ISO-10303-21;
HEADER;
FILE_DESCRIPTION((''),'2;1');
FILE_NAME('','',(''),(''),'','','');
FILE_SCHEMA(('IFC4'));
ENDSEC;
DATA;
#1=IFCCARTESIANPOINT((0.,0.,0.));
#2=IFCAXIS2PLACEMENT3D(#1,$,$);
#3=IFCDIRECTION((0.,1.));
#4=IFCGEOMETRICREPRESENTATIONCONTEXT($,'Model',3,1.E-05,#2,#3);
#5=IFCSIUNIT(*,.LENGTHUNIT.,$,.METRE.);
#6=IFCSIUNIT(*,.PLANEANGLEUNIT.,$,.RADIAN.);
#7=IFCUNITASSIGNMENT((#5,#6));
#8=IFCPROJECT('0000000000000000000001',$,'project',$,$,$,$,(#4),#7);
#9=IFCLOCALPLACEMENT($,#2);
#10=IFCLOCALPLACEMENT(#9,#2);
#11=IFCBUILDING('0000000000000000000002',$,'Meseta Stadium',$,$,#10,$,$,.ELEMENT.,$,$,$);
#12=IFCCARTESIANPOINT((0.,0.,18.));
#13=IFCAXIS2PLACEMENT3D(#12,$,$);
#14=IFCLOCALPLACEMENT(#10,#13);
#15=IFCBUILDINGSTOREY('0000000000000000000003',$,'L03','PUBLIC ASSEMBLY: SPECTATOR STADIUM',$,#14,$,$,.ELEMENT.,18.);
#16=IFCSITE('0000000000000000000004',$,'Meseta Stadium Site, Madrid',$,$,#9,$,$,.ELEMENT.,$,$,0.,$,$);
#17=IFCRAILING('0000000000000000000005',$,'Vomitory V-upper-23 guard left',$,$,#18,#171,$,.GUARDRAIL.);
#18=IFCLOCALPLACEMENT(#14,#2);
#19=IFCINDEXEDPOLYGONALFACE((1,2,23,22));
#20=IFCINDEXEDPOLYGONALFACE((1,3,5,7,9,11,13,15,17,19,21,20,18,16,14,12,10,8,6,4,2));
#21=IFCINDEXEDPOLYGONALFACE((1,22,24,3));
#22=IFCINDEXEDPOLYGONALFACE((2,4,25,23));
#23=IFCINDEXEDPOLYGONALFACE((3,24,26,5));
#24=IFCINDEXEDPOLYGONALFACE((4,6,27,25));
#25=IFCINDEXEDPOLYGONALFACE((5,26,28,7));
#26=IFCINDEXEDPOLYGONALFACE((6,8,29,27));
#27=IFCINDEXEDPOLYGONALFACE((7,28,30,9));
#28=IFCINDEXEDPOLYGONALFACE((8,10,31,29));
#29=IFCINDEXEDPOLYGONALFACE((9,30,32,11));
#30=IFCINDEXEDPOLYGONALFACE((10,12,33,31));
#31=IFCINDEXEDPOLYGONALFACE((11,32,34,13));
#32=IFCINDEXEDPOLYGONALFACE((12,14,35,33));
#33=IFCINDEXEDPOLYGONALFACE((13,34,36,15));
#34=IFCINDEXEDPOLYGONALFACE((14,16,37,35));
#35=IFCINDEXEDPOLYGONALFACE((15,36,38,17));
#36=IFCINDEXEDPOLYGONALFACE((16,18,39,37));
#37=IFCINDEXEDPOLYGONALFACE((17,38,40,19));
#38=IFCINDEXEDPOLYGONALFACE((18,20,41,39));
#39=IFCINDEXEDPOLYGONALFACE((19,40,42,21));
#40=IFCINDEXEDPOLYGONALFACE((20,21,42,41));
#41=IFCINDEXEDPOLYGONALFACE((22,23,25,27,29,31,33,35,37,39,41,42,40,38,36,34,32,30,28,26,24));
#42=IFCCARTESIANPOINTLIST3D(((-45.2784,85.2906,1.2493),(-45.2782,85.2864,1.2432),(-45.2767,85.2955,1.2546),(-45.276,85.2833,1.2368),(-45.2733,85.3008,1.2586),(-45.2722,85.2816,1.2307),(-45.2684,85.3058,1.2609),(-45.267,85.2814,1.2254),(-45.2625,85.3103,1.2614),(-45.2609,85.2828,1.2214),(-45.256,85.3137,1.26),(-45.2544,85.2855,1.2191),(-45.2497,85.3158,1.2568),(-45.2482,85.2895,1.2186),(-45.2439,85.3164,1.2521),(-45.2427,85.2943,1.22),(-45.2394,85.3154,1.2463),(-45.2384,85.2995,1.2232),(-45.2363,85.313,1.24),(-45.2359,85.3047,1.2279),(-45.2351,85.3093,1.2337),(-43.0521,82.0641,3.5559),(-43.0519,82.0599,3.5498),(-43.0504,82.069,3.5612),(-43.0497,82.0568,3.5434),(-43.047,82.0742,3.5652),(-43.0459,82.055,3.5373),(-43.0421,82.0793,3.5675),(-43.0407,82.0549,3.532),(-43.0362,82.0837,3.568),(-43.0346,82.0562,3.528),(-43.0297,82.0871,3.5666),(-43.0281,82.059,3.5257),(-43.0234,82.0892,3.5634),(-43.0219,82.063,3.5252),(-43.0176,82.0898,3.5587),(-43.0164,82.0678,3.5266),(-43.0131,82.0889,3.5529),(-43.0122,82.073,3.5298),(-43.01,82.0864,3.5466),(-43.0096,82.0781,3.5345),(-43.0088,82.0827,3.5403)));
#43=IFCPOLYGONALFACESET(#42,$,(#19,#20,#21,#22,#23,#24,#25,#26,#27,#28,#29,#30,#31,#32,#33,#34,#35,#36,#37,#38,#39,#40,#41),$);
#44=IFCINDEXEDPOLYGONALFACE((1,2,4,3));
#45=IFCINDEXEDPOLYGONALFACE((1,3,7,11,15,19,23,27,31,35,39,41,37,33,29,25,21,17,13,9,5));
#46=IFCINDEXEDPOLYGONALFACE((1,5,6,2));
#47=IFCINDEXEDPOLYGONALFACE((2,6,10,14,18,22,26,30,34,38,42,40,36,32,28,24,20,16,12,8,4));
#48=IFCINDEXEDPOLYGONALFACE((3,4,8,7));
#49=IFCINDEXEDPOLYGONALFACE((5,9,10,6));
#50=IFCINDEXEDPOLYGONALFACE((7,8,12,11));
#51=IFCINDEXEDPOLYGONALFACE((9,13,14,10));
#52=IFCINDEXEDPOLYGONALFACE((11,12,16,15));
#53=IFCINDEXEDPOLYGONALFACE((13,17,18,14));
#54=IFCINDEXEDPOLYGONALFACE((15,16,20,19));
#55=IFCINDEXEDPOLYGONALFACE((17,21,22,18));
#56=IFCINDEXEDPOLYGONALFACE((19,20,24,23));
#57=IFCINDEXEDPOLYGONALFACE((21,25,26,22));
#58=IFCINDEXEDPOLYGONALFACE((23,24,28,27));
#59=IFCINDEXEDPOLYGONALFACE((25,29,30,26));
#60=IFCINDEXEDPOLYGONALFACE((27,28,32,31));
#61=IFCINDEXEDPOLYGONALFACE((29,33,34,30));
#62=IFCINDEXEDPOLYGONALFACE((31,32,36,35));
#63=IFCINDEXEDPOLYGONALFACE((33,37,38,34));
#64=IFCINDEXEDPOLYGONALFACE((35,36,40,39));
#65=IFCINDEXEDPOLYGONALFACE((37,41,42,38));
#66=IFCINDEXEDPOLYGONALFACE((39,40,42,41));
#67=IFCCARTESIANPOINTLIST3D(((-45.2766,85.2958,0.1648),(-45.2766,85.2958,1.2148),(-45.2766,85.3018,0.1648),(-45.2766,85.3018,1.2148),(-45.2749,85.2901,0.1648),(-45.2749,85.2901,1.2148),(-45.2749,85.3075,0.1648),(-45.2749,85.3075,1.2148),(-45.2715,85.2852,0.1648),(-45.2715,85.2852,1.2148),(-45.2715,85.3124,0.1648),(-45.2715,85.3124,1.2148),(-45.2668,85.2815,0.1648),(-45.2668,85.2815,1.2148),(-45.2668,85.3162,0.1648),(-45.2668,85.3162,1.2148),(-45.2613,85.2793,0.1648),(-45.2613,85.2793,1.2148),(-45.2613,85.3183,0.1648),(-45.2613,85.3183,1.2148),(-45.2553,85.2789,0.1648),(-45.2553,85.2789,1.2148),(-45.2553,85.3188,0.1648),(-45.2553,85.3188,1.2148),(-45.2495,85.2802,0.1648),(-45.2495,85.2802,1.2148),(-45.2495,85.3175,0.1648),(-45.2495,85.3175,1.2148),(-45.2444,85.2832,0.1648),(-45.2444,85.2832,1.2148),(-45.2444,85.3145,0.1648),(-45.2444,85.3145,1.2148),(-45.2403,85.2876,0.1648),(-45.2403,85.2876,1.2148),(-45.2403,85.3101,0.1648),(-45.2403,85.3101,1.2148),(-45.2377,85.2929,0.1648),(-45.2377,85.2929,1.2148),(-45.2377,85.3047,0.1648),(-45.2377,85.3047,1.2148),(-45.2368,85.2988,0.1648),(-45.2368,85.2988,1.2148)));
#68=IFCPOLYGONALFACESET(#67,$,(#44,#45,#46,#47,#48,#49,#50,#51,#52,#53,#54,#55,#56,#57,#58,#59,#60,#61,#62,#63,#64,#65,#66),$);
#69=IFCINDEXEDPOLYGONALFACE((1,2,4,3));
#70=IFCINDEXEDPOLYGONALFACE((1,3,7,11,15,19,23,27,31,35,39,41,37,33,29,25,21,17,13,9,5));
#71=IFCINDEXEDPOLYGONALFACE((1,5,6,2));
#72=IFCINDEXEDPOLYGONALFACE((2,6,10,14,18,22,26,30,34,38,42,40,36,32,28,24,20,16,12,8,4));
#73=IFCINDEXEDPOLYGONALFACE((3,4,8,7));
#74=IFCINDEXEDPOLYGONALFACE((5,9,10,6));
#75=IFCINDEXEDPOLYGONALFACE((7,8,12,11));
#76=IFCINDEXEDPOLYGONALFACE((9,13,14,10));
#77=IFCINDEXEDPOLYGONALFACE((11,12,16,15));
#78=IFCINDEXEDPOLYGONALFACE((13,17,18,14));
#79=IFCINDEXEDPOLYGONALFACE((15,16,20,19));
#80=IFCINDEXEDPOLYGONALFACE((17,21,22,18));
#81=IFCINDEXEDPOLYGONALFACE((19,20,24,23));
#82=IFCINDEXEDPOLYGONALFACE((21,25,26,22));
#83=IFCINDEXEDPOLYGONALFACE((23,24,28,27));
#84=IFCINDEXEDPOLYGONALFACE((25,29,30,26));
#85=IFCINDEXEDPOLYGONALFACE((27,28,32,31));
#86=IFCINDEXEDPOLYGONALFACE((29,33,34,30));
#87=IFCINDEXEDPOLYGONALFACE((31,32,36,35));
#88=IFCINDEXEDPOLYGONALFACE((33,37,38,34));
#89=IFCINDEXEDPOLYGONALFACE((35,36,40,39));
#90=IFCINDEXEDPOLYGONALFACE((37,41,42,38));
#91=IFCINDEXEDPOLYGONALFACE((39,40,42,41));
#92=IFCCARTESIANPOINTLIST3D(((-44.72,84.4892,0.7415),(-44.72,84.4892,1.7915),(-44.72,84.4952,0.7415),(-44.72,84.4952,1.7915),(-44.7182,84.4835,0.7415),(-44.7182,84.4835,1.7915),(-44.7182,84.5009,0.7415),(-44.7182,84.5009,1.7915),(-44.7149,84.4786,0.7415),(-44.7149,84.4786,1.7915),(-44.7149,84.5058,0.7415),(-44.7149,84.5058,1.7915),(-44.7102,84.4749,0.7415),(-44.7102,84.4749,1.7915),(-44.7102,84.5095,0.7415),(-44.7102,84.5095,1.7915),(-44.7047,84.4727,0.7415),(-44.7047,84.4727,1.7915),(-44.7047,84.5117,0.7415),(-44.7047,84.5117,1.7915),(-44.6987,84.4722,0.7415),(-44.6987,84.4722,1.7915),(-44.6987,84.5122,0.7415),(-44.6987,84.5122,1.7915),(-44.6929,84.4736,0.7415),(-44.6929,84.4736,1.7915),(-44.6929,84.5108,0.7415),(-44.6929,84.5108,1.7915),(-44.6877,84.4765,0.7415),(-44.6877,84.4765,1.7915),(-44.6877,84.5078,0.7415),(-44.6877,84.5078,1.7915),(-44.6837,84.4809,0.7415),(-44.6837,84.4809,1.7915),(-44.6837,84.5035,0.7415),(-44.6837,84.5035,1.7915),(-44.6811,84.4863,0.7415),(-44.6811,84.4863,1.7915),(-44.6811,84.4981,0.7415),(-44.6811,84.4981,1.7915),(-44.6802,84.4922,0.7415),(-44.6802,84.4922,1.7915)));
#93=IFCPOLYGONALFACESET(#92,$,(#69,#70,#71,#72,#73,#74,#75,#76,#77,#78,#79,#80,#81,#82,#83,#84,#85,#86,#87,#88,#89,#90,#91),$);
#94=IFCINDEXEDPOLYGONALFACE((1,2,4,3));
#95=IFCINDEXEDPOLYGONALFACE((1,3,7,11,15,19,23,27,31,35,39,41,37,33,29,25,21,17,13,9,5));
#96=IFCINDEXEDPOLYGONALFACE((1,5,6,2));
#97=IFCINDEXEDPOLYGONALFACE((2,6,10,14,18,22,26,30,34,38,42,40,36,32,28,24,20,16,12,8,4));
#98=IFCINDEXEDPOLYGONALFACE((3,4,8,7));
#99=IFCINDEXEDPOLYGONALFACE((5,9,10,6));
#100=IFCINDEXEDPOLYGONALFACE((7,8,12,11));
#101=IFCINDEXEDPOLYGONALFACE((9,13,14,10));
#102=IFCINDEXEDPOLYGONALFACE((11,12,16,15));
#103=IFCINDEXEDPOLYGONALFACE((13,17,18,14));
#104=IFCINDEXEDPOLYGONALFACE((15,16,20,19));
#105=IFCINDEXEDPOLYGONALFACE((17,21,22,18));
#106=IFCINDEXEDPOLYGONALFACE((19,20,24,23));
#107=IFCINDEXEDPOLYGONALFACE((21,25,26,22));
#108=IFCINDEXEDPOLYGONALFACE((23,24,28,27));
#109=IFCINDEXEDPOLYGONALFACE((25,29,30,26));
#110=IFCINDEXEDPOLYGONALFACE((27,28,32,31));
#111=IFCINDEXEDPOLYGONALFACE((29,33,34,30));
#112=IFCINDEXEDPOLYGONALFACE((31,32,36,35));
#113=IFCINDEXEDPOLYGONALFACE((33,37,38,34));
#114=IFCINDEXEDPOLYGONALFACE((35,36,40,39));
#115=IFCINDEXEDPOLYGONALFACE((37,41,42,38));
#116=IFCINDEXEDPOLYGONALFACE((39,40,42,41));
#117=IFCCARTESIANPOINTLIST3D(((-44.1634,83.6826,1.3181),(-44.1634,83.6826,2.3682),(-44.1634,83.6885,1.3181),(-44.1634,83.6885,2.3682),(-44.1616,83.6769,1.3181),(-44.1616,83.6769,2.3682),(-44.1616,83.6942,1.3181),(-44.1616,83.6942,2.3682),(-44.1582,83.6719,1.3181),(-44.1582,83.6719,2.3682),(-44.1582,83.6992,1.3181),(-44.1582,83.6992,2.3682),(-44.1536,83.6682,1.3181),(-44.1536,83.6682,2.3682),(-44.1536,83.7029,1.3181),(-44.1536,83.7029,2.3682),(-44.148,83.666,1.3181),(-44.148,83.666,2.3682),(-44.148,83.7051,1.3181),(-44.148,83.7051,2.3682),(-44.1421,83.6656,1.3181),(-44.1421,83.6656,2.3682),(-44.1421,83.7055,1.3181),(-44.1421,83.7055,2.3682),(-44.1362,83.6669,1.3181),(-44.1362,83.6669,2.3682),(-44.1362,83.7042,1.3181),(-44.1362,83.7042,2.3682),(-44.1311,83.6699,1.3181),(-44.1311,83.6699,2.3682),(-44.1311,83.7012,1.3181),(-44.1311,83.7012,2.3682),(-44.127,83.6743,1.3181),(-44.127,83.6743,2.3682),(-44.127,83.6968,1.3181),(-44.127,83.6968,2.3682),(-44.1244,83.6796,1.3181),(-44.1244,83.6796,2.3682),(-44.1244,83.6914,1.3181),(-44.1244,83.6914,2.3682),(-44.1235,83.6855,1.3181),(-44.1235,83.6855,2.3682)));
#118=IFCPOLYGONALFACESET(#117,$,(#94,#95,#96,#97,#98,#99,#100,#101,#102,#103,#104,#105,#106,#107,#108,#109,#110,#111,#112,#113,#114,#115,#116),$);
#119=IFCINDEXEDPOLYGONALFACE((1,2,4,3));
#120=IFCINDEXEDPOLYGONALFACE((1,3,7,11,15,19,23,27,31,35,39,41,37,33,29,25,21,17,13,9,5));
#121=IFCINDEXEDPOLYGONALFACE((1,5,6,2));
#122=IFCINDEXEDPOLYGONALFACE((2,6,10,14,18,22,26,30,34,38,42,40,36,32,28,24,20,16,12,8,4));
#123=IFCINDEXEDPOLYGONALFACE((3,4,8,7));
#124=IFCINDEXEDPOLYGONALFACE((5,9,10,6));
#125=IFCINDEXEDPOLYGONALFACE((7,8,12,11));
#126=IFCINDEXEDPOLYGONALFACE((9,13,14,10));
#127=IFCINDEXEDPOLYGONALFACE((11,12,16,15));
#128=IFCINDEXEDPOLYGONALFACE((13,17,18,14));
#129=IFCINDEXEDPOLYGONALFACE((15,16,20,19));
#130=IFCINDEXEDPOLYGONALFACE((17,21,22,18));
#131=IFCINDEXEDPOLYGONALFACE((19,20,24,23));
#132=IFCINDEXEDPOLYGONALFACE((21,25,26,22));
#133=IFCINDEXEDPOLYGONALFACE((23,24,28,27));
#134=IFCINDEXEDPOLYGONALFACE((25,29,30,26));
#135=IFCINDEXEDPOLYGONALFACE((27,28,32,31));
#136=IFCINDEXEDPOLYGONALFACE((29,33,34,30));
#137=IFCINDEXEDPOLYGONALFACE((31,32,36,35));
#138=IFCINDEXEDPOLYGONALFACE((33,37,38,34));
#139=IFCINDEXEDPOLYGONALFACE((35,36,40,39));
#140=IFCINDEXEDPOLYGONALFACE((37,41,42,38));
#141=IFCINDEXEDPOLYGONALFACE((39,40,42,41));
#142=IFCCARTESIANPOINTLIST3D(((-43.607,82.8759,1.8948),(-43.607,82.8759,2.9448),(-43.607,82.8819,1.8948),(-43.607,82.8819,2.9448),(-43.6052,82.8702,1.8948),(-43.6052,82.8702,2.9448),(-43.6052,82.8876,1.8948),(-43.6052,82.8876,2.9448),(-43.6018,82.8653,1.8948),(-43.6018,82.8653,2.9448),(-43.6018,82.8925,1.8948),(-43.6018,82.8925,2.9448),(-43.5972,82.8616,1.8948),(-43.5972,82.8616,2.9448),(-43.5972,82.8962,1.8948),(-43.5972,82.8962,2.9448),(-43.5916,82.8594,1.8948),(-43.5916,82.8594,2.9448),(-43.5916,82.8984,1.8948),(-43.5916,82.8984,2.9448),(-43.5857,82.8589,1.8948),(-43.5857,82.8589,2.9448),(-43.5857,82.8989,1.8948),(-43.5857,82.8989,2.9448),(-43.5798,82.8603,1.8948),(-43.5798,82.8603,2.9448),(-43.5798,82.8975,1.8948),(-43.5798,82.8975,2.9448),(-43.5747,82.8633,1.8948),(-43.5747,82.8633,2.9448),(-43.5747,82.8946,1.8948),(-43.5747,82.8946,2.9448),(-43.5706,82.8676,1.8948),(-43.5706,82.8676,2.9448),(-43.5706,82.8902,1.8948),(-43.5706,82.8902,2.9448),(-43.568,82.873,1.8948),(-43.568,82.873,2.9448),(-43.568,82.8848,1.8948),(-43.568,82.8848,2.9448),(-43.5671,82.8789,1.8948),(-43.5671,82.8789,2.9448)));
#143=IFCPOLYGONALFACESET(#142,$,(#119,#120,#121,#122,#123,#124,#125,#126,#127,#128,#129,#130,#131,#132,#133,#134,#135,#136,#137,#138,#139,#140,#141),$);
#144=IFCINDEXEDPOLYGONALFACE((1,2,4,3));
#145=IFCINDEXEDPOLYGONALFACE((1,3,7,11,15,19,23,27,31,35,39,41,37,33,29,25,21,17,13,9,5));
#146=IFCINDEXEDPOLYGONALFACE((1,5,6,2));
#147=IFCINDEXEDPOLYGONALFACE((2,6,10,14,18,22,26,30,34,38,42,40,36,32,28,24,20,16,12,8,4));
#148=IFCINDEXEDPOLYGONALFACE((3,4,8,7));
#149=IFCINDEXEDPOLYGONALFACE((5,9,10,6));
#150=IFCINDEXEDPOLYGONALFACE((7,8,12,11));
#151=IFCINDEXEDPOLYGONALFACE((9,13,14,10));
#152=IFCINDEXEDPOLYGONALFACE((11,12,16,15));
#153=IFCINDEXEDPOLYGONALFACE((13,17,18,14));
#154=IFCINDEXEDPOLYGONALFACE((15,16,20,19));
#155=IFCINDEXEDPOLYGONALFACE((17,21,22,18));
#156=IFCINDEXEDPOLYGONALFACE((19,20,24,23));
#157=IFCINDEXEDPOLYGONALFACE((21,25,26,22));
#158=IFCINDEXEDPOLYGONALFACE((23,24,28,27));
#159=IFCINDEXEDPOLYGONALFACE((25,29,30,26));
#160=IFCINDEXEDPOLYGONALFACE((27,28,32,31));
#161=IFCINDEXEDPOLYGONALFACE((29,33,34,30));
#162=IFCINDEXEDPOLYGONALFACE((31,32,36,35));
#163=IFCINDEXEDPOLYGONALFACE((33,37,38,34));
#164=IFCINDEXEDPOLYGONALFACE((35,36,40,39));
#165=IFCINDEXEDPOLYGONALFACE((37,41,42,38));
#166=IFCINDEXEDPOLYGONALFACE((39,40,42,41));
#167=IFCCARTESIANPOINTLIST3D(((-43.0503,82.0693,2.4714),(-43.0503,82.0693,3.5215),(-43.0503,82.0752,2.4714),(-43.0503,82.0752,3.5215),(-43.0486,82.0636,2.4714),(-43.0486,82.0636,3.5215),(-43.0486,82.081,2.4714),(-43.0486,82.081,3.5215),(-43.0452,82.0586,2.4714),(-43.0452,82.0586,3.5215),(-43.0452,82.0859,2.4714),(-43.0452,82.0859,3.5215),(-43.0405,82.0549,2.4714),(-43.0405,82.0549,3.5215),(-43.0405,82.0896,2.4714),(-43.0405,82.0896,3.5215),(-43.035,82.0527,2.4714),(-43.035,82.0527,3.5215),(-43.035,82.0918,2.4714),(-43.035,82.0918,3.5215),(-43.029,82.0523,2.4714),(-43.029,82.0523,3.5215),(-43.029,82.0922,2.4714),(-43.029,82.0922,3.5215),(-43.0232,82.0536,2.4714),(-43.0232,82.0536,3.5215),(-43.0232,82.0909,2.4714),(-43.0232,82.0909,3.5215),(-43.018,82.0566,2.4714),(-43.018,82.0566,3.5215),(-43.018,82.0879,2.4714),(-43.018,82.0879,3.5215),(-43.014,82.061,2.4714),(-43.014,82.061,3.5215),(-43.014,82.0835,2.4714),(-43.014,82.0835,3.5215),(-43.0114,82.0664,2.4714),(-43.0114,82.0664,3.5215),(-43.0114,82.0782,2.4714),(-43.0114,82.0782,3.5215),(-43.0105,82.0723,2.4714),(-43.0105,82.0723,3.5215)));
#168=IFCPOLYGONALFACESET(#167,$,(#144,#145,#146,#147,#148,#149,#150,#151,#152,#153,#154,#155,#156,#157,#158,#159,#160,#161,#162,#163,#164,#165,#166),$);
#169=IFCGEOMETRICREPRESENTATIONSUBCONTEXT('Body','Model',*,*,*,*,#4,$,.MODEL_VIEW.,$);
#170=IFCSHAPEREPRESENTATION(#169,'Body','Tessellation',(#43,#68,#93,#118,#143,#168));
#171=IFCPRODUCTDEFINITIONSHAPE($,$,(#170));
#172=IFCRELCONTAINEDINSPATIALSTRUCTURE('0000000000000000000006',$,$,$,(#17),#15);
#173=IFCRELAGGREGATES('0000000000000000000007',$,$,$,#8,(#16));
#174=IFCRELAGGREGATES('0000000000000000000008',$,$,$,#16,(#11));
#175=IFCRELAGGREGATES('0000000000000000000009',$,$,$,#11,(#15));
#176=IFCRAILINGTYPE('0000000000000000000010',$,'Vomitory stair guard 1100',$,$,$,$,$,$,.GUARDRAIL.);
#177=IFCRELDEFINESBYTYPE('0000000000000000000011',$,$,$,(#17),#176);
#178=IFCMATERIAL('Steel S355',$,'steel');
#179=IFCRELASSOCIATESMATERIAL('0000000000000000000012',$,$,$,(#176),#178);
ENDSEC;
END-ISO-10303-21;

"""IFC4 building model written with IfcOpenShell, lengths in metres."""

from ifc_helpers import new_model, si_unit, direction, frame, origin, origin_2d, place, context, subcontext, project, spatial, circle, extrude, material, type_object, element, save


model = new_model("IFC4")

# Units and contexts
model_context = context("Model", 3, precision=1e-05, world=origin(), true_north=direction((0.0, 1.0)))
body_context = subcontext(model_context, "Body", "Model", "MODEL_VIEW")
ifc_project = project(units=[si_unit("LENGTHUNIT", "METRE"), si_unit("PLANEANGLEUNIT", "RADIAN")], contexts=[model_context])

# Site, building, storey
site_placement = place(None, origin())
site = spatial("IfcSite", under=ifc_project, at=site_placement, Name="Meseta Stadium Site, Madrid", CompositionType="ELEMENT", RefElevation=0.0)
building_placement = place(site_placement, origin())
building = spatial("IfcBuilding", under=site, at=building_placement, Name="Meseta Stadium", CompositionType="ELEMENT")
storey_placement = place(building_placement, frame((0.0, 0.0, 18.0)))
storey = spatial("IfcBuildingStorey", under=building, at=storey_placement, Name="L03", Description="PUBLIC ASSEMBLY: SPECTATOR STADIUM", CompositionType="ELEMENT", Elevation=18.0)

# Railing
ifc_material_1 = material(Name="Steel S355", Category="steel")
railing_type_1 = type_object("IfcRailingType", Name="Vomitory stair guard 1100", PredefinedType="GUARDRAIL", material=ifc_material_1)
for number, where, name in (
    (1, (-45.2568, 85.2988, 0.1648), "Vomitory V-upper-23 guard left"),
):
    element("IfcRailing", number, at=place(storey_placement, frame(where)), inside=storey, type_object=railing_type_1, Name=name, PredefinedType="GUARDRAIL", context=body_context, shape_type="SweptSolid", body=[
        extrude(circle(Radius=0.0249, at=origin_2d()), frame((0.0, 0.0, 1.0752), z_axis=(0.489475, -0.709387, 0.507134), x_axis=(0.823081, 0.567924, 0.0)), (0.0, 0.0, 1.0), 4.5483),
        extrude(circle(Radius=0.02, at=origin_2d()), origin(), (0.0, 0.0, 1.0), 1.05),
        extrude(circle(Radius=0.02, at=origin_2d()), frame((0.5566, -0.8066, 0.5767)), (0.0, 0.0, 1.0), 1.05),
        extrude(circle(Radius=0.02, at=origin_2d()), frame((1.1133, -1.6133, 1.1533)), (0.0, 0.0, 1.0), 1.05),
        extrude(circle(Radius=0.02, at=origin_2d()), frame((1.6697, -2.4199, 1.73)), (0.0, 0.0, 1.0), 1.05),
        extrude(circle(Radius=0.02, at=origin_2d()), frame((2.2263, -3.2266, 2.3066)), (0.0, 0.0, 1.0), 1.05),
    ])

save(model, "model.ifc")
